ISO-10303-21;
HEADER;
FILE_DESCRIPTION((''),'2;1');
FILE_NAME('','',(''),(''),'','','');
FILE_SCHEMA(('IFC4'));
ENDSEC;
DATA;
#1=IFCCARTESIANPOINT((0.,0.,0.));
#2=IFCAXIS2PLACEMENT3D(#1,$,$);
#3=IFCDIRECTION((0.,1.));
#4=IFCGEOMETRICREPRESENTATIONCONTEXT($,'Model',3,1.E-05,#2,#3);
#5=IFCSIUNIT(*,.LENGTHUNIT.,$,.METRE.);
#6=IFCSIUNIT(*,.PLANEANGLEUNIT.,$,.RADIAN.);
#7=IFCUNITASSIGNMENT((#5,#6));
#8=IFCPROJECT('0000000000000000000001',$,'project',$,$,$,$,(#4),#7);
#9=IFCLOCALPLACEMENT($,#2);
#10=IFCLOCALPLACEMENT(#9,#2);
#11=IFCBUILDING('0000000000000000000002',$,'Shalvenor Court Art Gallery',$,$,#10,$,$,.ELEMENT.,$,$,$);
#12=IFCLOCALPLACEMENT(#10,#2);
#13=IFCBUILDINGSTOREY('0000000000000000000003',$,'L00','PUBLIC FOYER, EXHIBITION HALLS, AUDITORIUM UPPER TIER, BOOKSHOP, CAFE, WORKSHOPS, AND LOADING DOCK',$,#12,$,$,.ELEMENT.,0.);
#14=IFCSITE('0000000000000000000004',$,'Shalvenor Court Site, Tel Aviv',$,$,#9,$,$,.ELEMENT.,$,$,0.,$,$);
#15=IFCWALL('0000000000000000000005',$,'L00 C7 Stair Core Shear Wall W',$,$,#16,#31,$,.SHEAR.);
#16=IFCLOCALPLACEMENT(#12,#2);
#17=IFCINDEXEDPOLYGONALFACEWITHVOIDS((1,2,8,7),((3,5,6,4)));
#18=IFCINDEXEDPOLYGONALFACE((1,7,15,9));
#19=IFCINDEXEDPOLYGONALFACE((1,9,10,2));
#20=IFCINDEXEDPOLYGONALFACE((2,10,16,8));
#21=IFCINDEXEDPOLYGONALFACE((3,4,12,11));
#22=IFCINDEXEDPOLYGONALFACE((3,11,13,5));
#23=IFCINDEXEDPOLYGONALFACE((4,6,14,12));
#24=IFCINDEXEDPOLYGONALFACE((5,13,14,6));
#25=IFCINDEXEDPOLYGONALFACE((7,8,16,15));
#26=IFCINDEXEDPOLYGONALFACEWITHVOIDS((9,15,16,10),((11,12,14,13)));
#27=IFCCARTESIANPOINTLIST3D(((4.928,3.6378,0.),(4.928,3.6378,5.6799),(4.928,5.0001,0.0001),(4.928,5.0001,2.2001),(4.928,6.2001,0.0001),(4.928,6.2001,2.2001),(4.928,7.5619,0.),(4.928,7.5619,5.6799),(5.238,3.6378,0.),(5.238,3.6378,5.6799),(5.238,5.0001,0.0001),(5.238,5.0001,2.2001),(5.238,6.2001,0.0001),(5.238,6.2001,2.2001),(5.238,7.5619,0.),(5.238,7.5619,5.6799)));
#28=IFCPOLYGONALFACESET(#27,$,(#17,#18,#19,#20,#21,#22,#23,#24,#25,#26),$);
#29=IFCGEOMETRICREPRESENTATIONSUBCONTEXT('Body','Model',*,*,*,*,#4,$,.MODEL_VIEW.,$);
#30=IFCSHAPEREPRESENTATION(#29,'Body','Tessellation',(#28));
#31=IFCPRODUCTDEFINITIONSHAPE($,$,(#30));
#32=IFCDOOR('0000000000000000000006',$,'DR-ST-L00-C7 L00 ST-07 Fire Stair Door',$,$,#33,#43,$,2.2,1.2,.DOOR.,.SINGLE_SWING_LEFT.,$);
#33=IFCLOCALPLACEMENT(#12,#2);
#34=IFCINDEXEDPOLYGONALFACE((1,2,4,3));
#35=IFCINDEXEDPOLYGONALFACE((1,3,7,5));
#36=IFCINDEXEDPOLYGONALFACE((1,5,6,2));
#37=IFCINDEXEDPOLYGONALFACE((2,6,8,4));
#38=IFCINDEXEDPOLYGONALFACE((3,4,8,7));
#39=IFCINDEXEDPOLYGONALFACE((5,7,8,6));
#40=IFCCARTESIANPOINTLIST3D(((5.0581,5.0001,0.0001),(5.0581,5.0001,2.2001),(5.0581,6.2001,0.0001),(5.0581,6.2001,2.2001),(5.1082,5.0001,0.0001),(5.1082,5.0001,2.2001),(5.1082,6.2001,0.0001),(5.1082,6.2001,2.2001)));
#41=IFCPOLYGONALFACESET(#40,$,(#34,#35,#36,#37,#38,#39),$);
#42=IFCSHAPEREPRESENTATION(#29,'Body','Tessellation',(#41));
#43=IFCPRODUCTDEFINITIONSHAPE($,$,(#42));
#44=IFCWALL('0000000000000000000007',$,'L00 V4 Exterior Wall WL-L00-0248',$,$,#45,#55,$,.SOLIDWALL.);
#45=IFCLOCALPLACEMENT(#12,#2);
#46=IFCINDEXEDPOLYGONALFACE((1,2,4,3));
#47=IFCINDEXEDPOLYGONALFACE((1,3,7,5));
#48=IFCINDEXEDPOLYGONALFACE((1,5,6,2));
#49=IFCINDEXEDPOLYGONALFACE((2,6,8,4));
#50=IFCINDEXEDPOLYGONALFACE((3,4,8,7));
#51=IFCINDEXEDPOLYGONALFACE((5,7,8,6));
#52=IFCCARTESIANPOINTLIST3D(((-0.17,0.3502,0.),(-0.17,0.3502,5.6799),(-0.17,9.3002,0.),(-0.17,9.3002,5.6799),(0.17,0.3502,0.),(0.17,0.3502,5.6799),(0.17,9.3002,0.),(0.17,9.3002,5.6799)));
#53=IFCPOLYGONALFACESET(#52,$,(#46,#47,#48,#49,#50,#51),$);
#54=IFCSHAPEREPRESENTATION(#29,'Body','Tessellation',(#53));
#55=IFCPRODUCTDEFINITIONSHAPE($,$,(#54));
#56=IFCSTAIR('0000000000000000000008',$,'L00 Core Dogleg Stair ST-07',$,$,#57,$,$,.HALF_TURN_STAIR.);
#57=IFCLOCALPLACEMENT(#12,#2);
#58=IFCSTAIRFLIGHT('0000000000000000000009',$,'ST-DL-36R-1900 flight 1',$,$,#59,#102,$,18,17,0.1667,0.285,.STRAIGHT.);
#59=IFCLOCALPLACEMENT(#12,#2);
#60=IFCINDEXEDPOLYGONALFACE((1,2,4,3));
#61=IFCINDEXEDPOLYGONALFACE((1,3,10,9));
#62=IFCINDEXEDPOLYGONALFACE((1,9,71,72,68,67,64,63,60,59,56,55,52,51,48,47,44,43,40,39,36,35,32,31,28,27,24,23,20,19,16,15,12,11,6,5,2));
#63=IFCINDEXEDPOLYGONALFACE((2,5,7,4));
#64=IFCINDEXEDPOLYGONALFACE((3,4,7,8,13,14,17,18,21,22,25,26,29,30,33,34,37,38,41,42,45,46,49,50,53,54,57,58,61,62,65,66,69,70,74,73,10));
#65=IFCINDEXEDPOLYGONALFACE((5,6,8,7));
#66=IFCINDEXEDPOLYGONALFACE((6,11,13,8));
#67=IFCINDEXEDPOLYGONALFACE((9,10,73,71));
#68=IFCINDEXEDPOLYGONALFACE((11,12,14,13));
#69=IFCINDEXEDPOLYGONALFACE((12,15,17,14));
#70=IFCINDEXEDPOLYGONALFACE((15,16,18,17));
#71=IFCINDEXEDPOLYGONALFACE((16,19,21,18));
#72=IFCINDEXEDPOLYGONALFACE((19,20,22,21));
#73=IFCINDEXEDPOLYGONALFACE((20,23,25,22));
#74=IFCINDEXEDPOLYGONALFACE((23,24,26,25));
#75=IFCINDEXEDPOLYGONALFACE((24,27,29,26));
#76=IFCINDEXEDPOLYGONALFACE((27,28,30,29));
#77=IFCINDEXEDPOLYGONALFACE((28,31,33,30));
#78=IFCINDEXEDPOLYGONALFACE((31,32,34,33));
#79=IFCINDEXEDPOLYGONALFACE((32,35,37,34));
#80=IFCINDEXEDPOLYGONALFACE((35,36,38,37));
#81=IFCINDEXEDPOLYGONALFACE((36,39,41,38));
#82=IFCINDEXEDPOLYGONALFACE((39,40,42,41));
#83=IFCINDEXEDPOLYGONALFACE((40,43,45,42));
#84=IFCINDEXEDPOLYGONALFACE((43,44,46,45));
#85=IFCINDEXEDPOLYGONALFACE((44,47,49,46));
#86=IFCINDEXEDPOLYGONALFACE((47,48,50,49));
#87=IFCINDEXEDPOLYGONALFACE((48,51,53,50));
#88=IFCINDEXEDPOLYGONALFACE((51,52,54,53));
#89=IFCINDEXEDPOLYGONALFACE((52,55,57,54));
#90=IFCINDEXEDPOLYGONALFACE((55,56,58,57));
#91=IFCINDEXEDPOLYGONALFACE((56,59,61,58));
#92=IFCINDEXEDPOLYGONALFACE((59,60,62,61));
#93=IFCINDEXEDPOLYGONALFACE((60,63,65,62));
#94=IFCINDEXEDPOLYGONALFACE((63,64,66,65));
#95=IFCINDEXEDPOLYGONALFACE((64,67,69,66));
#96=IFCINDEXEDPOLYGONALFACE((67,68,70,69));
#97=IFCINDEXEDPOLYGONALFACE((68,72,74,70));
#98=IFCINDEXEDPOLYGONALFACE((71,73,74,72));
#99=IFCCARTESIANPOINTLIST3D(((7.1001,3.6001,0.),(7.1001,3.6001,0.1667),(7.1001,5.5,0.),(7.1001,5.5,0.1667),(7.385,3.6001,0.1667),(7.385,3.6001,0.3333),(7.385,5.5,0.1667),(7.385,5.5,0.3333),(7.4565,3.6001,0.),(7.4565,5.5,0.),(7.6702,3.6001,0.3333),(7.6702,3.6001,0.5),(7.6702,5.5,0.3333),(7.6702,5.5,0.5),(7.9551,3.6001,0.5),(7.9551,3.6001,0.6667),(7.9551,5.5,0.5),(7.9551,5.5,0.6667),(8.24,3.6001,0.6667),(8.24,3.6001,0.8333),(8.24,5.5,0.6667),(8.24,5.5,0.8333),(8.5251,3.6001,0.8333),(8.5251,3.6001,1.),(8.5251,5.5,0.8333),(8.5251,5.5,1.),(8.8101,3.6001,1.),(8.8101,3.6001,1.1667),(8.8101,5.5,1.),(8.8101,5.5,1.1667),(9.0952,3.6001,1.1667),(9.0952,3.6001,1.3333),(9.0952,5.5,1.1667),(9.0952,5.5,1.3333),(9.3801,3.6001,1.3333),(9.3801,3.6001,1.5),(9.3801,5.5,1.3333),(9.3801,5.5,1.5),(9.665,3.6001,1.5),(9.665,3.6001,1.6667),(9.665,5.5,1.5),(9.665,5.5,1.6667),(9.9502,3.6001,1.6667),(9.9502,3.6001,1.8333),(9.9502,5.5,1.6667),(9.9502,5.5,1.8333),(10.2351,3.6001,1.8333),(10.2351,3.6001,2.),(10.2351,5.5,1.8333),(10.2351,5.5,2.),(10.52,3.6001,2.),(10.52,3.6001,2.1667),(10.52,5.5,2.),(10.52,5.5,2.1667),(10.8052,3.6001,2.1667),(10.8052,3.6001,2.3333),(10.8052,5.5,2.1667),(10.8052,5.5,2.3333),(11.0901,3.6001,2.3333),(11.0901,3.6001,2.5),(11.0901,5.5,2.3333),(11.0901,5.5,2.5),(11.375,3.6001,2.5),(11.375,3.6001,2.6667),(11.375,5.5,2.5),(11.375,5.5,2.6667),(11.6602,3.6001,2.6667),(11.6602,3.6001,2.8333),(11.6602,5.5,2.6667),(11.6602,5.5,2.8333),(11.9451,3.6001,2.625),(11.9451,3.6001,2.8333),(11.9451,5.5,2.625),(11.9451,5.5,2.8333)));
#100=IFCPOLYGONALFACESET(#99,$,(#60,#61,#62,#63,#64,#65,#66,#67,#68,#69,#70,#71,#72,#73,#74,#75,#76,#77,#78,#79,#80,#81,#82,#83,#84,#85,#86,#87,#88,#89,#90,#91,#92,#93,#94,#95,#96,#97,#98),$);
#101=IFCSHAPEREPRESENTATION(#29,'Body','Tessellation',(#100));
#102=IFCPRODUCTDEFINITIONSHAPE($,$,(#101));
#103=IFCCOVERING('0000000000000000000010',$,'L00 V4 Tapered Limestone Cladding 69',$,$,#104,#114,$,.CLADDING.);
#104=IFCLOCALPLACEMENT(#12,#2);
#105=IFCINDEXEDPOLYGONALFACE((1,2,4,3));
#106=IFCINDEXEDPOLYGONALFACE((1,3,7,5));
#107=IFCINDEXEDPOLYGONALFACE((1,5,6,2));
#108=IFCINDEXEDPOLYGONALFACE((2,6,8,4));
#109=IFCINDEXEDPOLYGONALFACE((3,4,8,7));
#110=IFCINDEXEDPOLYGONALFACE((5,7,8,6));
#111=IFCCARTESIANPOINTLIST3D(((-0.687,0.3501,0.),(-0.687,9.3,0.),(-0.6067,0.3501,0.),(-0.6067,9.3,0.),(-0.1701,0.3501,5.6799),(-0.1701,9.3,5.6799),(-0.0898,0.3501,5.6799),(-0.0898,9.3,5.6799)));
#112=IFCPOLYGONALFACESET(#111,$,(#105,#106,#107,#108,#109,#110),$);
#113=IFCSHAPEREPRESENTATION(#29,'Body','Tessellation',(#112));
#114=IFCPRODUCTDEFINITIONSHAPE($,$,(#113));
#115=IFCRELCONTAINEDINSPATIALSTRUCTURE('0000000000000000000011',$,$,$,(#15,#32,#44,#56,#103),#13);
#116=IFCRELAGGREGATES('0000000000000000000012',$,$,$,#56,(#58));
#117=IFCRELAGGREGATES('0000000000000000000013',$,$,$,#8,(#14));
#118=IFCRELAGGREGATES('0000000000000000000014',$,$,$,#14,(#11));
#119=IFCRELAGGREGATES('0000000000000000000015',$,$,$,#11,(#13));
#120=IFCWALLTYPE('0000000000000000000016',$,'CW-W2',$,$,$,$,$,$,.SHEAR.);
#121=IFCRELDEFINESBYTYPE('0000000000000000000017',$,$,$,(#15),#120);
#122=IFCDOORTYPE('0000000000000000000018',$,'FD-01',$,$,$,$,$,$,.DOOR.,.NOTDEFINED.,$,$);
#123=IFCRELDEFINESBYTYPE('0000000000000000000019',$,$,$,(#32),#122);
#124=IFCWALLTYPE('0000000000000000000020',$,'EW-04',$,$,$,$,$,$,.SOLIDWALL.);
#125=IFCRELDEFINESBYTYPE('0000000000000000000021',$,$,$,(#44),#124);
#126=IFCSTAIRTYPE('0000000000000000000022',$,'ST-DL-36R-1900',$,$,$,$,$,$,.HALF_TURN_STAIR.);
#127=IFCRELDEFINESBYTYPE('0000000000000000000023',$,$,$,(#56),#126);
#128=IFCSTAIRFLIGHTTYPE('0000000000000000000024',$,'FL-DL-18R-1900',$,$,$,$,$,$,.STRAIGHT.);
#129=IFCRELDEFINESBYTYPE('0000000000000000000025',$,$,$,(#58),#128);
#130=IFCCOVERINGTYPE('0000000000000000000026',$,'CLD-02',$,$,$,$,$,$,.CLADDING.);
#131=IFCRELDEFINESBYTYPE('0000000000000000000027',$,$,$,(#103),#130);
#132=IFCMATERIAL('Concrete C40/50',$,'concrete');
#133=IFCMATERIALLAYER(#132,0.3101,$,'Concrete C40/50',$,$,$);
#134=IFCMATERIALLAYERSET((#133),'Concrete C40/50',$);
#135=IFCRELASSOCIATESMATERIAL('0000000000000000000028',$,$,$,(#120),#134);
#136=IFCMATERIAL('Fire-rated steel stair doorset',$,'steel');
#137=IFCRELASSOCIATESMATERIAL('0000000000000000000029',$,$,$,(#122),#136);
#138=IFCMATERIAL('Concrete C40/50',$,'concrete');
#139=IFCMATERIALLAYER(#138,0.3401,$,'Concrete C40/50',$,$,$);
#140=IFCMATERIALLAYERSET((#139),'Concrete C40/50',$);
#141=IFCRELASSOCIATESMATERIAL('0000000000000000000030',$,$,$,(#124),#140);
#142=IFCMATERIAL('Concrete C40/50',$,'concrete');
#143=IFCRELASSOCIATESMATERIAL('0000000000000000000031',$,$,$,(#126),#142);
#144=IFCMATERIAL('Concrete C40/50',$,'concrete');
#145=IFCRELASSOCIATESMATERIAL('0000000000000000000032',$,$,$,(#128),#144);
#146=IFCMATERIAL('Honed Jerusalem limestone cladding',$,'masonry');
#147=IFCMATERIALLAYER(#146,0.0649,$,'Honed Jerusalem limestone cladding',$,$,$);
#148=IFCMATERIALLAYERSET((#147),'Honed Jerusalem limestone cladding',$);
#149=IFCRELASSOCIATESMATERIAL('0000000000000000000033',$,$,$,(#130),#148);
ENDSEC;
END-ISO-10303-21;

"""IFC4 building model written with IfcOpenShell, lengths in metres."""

from ifc_helpers import new_model, si_unit, direction, frame, frame_2d, origin, place, context, subcontext, project, spatial, polyline, rectangle, outline, extrude, material, layer, layer_set, type_object, element, fill, aggregate, save


model = new_model("IFC4")

# Units and contexts
model_context = context("Model", 3, precision=1e-05, world=origin(), true_north=direction((0.0, 1.0)))
body_context = subcontext(model_context, "Body", "Model", "MODEL_VIEW")
ifc_project = project(units=[si_unit("LENGTHUNIT", "METRE"), si_unit("PLANEANGLEUNIT", "RADIAN")], contexts=[model_context])

# Site, building, storey
site_placement = place(None, origin())
site = spatial("IfcSite", under=ifc_project, at=site_placement, Name="Shalvenor Court Site, Tel Aviv", CompositionType="ELEMENT", RefElevation=0.0)
building_placement = place(site_placement, origin())
building = spatial("IfcBuilding", under=site, at=building_placement, Name="Shalvenor Court Art Gallery", CompositionType="ELEMENT")
storey_placement = place(building_placement, origin())
storey = spatial("IfcBuildingStorey", under=building, at=storey_placement, Name="L00", Description="PUBLIC FOYER, EXHIBITION HALLS, AUDITORIUM UPPER TIER, BOOKSHOP, CAFE, WORKSHOPS, AND LOADING DOCK", CompositionType="ELEMENT", Elevation=0.0)

# Shared definitions
ifc_material_1 = material(Name="Concrete C40/50", Category="concrete")
ifc_layer_1 = layer(ifc_material_1, 0.3101, Name="Concrete C40/50")
ifc_layer_set_1 = layer_set([ifc_layer_1], Name="Concrete C40/50")
wall_type_1 = type_object("IfcWallType", Name="CW-W2", PredefinedType="SHEAR", material=ifc_layer_set_1)

# Wall, opening, door
wall_1_placement = place(storey_placement, frame((5.083, 3.6379, 0.0), z_axis=(0.0, 0.0, 1.0), x_axis=(0.0, 1.0, 0.0)))
wall_1 = element("IfcWall", 1, at=wall_1_placement, inside=storey, type_object=wall_type_1, Name="L00 C7 Stair Core Shear Wall W", PredefinedType="SHEAR", context=body_context, shape_type="SweptSolid", body=[
    extrude(rectangle(XDim=3.9241, YDim=0.3101, at=frame_2d((1.9619, 0.0))), origin(), (0.0, 0.0, 1.0), 5.6799),
])
opening_placement = place(wall_1_placement, frame((1.3621, 0.0, 0.0)))
opening = element("IfcOpeningElement", 2, at=opening_placement, cuts=wall_1, PredefinedType="OPENING", context=body_context, shape_type="SweptSolid", body=[
    extrude(rectangle(XDim=1.2, YDim=2.2, at=frame_2d((0.6001, 1.1001))), frame((0.0, 0.165, 0.0), z_axis=(0.0, -1.0, 0.0), x_axis=(1.0, 0.0, 0.0)), (0.0, 0.0, 1.0), 0.3301),
])
ifc_material_2 = material(Name="Fire-rated steel stair doorset", Category="steel")
door_type = type_object("IfcDoorType", Name="FD-01", OperationType="NOTDEFINED", PredefinedType="DOOR", material=ifc_material_2)
door_placement = place(opening_placement, origin())
door = element("IfcDoor", 3, at=door_placement, inside=storey, type_object=door_type, Name="DR-ST-L00-C7 L00 ST-07 Fire Stair Door", OperationType="SINGLE_SWING_LEFT", OverallHeight=2.2, OverallWidth=1.2, PredefinedType="DOOR", context=body_context, shape_type="SweptSolid", body=[
    extrude(rectangle(XDim=1.2, YDim=2.2, at=frame_2d((0.6001, 1.1001))), frame((0.0, 0.0249, 0.0), z_axis=(0.0, -1.0, 0.0), x_axis=(1.0, 0.0, 0.0)), (0.0, 0.0, 1.0), 0.05),
])
fill(opening, door)

# Wall
ifc_material_3 = material(Name="Concrete C40/50", Category="concrete")
ifc_layer_2 = layer(ifc_material_3, 0.3401, Name="Concrete C40/50")
ifc_layer_set_2 = layer_set([ifc_layer_2], Name="Concrete C40/50")
wall_type_2 = type_object("IfcWallType", Name="EW-04", PredefinedType="SOLIDWALL", material=ifc_layer_set_2)
wall_2_placement = place(storey_placement, frame((0.0, 0.3501, 0.0), z_axis=(0.0, 0.0, 1.0), x_axis=(0.0, 1.0, 0.0)))
element("IfcWall", 4, at=wall_2_placement, inside=storey, type_object=wall_type_2, Name="L00 V4 Exterior Wall WL-L00-0248", PredefinedType="SOLIDWALL", context=body_context, shape_type="SweptSolid", body=[
    extrude(rectangle(XDim=8.95, YDim=0.3401, at=frame_2d((4.4751, 0.0))), origin(), (0.0, 0.0, 1.0), 5.6799),
])

# Stair, stair flight
ifc_material_4 = material(Name="Concrete C40/50", Category="concrete")
stair_type = type_object("IfcStairType", Name="ST-DL-36R-1900", PredefinedType="HALF_TURN_STAIR", material=ifc_material_4)
stair_placement = place(storey_placement, origin())
stair = element("IfcStair", 5, at=stair_placement, inside=storey, type_object=stair_type, Name="L00 Core Dogleg Stair ST-07", PredefinedType="HALF_TURN_STAIR")
ifc_material_5 = material(Name="Concrete C40/50", Category="concrete")
stair_flight_type = type_object("IfcStairFlightType", Name="FL-DL-18R-1900", PredefinedType="STRAIGHT", material=ifc_material_5)
stair_flight_placement = place(storey_placement, frame((7.1001, 4.55, 0.0), z_axis=(0.0, 0.0, 1.0), x_axis=(1.0, 0.0, 0.0)))
stair_flight = element("IfcStairFlight", 6, at=stair_flight_placement, type_object=stair_flight_type, Name="ST-DL-36R-1900 flight 1", NumberOfRisers=18, NumberOfTreads=17, PredefinedType="STRAIGHT", RiserHeight=0.1667, TreadLength=0.285, context=body_context, shape_type="SweptSolid", body=[
    extrude(outline(polyline([(0.0, 0.0), (0.0, 0.1667), (0.2849, 0.1667), (0.2849, 0.3333), (0.5701, 0.3333), (0.5701, 0.5), (0.855, 0.5), (0.855, 0.6667), (1.1399, 0.6667), (1.1399, 0.8333), (1.425, 0.8333), (1.425, 1.0), (1.71, 1.0), (1.71, 1.1667), (1.9951, 1.1667), (1.9951, 1.3333), (2.28, 1.3333), (2.28, 1.5), (2.5649, 1.5), (2.5649, 1.6667), (2.8501, 1.6667), (2.8501, 1.8333), (3.135, 1.8333), (3.135, 2.0), (3.4199, 2.0), (3.4199, 2.1667), (3.7051, 2.1667), (3.7051, 2.3333), (3.99, 2.3333), (3.99, 2.5), (4.2749, 2.5), (4.2749, 2.6667), (4.5601, 2.6667), (4.5601, 2.8333), (4.845, 2.8333), (4.845, 3.0), (4.845, 2.625), (0.3564, 0.0), (0.0, 0.0)])), frame((0.0, 0.95, 0.0), z_axis=(0.0, -1.0, 0.0), x_axis=(1.0, 0.0, 0.0)), (0.0, 0.0, 1.0), 1.8999),
])
aggregate(stair, [stair_flight])

# Covering
ifc_material_6 = material(Name="Honed Jerusalem limestone cladding", Category="masonry")
ifc_layer_3 = layer(ifc_material_6, 0.0649, Name="Honed Jerusalem limestone cladding")
ifc_layer_set_3 = layer_set([ifc_layer_3], Name="Honed Jerusalem limestone cladding")
covering_type = type_object("IfcCoveringType", Name="CLD-02", PredefinedType="CLADDING", material=ifc_layer_set_3)
covering_placement = place(storey_placement, frame((-0.687, 9.3, 0.0), z_axis=(0.0, 0.0, 1.0), x_axis=(0.0, -1.0, 0.0)))
element("IfcCovering", 7, at=covering_placement, inside=storey, type_object=covering_type, Name="L00 V4 Tapered Limestone Cladding 69", PredefinedType="CLADDING", context=body_context, shape_type="SweptSolid", body=[
    extrude(outline(polyline([(0.0, 0.0), (8.95, 0.0), (8.95, 5.7034), (0.0, 5.7034), (0.0, 0.0)])), frame((0.0, 0.0, 0.0), z_axis=(0.0, -0.995884, 0.090633), x_axis=(1.0, 0.0, 0.0)), (0.0, 0.090633, -0.995884), 0.0803),
])

save(model, "model.ifc")
